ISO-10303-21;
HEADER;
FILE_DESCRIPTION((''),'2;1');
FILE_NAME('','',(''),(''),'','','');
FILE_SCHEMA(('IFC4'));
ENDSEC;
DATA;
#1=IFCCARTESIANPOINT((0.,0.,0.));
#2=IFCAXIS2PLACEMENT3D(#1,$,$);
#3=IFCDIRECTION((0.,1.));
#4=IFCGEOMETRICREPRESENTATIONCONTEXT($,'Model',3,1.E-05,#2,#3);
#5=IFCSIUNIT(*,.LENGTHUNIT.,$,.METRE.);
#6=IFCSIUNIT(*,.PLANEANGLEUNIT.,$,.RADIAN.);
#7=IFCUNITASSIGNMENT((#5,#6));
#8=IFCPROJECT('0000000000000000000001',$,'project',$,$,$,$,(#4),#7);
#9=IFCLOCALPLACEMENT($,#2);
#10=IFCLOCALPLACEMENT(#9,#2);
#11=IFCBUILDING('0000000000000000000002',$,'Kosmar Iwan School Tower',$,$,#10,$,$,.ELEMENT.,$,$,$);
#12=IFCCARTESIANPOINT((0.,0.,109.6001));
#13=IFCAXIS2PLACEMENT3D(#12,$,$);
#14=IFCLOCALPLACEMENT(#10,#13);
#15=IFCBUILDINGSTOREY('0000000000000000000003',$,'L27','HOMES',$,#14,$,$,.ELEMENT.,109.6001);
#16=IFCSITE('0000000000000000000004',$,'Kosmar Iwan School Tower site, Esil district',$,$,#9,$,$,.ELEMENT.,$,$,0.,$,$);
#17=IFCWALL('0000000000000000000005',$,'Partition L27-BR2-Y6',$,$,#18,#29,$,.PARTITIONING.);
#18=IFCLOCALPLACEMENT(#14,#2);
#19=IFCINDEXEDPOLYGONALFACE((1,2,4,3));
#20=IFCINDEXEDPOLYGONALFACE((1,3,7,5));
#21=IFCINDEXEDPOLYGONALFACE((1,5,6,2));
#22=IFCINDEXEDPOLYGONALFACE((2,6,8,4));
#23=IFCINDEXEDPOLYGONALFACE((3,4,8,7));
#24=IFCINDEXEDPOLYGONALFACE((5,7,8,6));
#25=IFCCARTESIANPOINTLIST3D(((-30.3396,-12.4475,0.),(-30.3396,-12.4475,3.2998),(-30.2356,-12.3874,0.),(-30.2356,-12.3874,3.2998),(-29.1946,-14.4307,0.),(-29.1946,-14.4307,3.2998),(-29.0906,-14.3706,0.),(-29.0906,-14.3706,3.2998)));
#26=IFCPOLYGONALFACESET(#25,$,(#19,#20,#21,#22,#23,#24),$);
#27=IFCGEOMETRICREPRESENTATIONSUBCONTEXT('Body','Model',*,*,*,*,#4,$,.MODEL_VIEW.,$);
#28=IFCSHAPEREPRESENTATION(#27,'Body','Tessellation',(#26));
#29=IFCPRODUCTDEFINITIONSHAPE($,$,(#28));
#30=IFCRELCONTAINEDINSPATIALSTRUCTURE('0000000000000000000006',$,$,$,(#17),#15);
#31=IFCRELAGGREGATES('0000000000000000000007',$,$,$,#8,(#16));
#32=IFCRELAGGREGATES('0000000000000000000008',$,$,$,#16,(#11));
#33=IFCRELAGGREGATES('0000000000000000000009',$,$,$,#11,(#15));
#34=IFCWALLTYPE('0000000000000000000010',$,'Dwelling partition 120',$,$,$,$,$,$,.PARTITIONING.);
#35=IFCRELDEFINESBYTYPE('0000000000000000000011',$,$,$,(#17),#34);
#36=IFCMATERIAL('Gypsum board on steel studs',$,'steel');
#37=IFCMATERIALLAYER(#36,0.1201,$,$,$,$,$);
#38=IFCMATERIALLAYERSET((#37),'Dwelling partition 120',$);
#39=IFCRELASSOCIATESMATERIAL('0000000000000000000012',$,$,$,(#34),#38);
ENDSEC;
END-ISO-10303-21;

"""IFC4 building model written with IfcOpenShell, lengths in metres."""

from ifc_helpers import new_model, si_unit, direction, frame, frame_2d, origin, place, context, subcontext, project, spatial, rectangle, extrude, material, layer, layer_set, type_object, element, save


model = new_model("IFC4")

# Units and contexts
model_context = context("Model", 3, precision=1e-05, world=origin(), true_north=direction((0.0, 1.0)))
body_context = subcontext(model_context, "Body", "Model", "MODEL_VIEW")
ifc_project = project(units=[si_unit("LENGTHUNIT", "METRE"), si_unit("PLANEANGLEUNIT", "RADIAN")], contexts=[model_context])

# Site, building, storey
site_placement = place(None, origin())
site = spatial("IfcSite", under=ifc_project, at=site_placement, Name="Kosmar Iwan School Tower site, Esil district", CompositionType="ELEMENT", RefElevation=0.0)
building_placement = place(site_placement, origin())
building = spatial("IfcBuilding", under=site, at=building_placement, Name="Kosmar Iwan School Tower", CompositionType="ELEMENT")
storey_placement = place(building_placement, frame((0.0, 0.0, 109.6001)))
storey = spatial("IfcBuildingStorey", under=building, at=storey_placement, Name="L27", Description="HOMES", CompositionType="ELEMENT", Elevation=109.6001)

# Wall
ifc_material_1 = material(Name="Gypsum board on steel studs", Category="steel")
ifc_layer_1 = layer(ifc_material_1, 0.1201)
ifc_layer_set_1 = layer_set([ifc_layer_1], Name="Dwelling partition 120")
wall_type_1 = type_object("IfcWallType", Name="Dwelling partition 120", PredefinedType="PARTITIONING", material=ifc_layer_set_1)
for number, where, z_axis, x_axis, name in (
    (1, (-29.1426, -14.4006, 0.0), (0.0, 0.0, 1.0), (-0.500015, 0.866017, 0.0), "Partition L27-BR2-Y6"),
):
    element("IfcWall", number, at=place(storey_placement, frame(where, z_axis=z_axis, x_axis=x_axis)), inside=storey, type_object=wall_type_1, Name=name, PredefinedType="PARTITIONING", context=body_context, shape_type="SweptSolid", body=[
        extrude(rectangle(XDim=2.29, YDim=0.1201, at=frame_2d((1.145, 0.0))), origin(), (0.0, 0.0, 1.0), 3.2998),
    ])

save(model, "model.ifc")
